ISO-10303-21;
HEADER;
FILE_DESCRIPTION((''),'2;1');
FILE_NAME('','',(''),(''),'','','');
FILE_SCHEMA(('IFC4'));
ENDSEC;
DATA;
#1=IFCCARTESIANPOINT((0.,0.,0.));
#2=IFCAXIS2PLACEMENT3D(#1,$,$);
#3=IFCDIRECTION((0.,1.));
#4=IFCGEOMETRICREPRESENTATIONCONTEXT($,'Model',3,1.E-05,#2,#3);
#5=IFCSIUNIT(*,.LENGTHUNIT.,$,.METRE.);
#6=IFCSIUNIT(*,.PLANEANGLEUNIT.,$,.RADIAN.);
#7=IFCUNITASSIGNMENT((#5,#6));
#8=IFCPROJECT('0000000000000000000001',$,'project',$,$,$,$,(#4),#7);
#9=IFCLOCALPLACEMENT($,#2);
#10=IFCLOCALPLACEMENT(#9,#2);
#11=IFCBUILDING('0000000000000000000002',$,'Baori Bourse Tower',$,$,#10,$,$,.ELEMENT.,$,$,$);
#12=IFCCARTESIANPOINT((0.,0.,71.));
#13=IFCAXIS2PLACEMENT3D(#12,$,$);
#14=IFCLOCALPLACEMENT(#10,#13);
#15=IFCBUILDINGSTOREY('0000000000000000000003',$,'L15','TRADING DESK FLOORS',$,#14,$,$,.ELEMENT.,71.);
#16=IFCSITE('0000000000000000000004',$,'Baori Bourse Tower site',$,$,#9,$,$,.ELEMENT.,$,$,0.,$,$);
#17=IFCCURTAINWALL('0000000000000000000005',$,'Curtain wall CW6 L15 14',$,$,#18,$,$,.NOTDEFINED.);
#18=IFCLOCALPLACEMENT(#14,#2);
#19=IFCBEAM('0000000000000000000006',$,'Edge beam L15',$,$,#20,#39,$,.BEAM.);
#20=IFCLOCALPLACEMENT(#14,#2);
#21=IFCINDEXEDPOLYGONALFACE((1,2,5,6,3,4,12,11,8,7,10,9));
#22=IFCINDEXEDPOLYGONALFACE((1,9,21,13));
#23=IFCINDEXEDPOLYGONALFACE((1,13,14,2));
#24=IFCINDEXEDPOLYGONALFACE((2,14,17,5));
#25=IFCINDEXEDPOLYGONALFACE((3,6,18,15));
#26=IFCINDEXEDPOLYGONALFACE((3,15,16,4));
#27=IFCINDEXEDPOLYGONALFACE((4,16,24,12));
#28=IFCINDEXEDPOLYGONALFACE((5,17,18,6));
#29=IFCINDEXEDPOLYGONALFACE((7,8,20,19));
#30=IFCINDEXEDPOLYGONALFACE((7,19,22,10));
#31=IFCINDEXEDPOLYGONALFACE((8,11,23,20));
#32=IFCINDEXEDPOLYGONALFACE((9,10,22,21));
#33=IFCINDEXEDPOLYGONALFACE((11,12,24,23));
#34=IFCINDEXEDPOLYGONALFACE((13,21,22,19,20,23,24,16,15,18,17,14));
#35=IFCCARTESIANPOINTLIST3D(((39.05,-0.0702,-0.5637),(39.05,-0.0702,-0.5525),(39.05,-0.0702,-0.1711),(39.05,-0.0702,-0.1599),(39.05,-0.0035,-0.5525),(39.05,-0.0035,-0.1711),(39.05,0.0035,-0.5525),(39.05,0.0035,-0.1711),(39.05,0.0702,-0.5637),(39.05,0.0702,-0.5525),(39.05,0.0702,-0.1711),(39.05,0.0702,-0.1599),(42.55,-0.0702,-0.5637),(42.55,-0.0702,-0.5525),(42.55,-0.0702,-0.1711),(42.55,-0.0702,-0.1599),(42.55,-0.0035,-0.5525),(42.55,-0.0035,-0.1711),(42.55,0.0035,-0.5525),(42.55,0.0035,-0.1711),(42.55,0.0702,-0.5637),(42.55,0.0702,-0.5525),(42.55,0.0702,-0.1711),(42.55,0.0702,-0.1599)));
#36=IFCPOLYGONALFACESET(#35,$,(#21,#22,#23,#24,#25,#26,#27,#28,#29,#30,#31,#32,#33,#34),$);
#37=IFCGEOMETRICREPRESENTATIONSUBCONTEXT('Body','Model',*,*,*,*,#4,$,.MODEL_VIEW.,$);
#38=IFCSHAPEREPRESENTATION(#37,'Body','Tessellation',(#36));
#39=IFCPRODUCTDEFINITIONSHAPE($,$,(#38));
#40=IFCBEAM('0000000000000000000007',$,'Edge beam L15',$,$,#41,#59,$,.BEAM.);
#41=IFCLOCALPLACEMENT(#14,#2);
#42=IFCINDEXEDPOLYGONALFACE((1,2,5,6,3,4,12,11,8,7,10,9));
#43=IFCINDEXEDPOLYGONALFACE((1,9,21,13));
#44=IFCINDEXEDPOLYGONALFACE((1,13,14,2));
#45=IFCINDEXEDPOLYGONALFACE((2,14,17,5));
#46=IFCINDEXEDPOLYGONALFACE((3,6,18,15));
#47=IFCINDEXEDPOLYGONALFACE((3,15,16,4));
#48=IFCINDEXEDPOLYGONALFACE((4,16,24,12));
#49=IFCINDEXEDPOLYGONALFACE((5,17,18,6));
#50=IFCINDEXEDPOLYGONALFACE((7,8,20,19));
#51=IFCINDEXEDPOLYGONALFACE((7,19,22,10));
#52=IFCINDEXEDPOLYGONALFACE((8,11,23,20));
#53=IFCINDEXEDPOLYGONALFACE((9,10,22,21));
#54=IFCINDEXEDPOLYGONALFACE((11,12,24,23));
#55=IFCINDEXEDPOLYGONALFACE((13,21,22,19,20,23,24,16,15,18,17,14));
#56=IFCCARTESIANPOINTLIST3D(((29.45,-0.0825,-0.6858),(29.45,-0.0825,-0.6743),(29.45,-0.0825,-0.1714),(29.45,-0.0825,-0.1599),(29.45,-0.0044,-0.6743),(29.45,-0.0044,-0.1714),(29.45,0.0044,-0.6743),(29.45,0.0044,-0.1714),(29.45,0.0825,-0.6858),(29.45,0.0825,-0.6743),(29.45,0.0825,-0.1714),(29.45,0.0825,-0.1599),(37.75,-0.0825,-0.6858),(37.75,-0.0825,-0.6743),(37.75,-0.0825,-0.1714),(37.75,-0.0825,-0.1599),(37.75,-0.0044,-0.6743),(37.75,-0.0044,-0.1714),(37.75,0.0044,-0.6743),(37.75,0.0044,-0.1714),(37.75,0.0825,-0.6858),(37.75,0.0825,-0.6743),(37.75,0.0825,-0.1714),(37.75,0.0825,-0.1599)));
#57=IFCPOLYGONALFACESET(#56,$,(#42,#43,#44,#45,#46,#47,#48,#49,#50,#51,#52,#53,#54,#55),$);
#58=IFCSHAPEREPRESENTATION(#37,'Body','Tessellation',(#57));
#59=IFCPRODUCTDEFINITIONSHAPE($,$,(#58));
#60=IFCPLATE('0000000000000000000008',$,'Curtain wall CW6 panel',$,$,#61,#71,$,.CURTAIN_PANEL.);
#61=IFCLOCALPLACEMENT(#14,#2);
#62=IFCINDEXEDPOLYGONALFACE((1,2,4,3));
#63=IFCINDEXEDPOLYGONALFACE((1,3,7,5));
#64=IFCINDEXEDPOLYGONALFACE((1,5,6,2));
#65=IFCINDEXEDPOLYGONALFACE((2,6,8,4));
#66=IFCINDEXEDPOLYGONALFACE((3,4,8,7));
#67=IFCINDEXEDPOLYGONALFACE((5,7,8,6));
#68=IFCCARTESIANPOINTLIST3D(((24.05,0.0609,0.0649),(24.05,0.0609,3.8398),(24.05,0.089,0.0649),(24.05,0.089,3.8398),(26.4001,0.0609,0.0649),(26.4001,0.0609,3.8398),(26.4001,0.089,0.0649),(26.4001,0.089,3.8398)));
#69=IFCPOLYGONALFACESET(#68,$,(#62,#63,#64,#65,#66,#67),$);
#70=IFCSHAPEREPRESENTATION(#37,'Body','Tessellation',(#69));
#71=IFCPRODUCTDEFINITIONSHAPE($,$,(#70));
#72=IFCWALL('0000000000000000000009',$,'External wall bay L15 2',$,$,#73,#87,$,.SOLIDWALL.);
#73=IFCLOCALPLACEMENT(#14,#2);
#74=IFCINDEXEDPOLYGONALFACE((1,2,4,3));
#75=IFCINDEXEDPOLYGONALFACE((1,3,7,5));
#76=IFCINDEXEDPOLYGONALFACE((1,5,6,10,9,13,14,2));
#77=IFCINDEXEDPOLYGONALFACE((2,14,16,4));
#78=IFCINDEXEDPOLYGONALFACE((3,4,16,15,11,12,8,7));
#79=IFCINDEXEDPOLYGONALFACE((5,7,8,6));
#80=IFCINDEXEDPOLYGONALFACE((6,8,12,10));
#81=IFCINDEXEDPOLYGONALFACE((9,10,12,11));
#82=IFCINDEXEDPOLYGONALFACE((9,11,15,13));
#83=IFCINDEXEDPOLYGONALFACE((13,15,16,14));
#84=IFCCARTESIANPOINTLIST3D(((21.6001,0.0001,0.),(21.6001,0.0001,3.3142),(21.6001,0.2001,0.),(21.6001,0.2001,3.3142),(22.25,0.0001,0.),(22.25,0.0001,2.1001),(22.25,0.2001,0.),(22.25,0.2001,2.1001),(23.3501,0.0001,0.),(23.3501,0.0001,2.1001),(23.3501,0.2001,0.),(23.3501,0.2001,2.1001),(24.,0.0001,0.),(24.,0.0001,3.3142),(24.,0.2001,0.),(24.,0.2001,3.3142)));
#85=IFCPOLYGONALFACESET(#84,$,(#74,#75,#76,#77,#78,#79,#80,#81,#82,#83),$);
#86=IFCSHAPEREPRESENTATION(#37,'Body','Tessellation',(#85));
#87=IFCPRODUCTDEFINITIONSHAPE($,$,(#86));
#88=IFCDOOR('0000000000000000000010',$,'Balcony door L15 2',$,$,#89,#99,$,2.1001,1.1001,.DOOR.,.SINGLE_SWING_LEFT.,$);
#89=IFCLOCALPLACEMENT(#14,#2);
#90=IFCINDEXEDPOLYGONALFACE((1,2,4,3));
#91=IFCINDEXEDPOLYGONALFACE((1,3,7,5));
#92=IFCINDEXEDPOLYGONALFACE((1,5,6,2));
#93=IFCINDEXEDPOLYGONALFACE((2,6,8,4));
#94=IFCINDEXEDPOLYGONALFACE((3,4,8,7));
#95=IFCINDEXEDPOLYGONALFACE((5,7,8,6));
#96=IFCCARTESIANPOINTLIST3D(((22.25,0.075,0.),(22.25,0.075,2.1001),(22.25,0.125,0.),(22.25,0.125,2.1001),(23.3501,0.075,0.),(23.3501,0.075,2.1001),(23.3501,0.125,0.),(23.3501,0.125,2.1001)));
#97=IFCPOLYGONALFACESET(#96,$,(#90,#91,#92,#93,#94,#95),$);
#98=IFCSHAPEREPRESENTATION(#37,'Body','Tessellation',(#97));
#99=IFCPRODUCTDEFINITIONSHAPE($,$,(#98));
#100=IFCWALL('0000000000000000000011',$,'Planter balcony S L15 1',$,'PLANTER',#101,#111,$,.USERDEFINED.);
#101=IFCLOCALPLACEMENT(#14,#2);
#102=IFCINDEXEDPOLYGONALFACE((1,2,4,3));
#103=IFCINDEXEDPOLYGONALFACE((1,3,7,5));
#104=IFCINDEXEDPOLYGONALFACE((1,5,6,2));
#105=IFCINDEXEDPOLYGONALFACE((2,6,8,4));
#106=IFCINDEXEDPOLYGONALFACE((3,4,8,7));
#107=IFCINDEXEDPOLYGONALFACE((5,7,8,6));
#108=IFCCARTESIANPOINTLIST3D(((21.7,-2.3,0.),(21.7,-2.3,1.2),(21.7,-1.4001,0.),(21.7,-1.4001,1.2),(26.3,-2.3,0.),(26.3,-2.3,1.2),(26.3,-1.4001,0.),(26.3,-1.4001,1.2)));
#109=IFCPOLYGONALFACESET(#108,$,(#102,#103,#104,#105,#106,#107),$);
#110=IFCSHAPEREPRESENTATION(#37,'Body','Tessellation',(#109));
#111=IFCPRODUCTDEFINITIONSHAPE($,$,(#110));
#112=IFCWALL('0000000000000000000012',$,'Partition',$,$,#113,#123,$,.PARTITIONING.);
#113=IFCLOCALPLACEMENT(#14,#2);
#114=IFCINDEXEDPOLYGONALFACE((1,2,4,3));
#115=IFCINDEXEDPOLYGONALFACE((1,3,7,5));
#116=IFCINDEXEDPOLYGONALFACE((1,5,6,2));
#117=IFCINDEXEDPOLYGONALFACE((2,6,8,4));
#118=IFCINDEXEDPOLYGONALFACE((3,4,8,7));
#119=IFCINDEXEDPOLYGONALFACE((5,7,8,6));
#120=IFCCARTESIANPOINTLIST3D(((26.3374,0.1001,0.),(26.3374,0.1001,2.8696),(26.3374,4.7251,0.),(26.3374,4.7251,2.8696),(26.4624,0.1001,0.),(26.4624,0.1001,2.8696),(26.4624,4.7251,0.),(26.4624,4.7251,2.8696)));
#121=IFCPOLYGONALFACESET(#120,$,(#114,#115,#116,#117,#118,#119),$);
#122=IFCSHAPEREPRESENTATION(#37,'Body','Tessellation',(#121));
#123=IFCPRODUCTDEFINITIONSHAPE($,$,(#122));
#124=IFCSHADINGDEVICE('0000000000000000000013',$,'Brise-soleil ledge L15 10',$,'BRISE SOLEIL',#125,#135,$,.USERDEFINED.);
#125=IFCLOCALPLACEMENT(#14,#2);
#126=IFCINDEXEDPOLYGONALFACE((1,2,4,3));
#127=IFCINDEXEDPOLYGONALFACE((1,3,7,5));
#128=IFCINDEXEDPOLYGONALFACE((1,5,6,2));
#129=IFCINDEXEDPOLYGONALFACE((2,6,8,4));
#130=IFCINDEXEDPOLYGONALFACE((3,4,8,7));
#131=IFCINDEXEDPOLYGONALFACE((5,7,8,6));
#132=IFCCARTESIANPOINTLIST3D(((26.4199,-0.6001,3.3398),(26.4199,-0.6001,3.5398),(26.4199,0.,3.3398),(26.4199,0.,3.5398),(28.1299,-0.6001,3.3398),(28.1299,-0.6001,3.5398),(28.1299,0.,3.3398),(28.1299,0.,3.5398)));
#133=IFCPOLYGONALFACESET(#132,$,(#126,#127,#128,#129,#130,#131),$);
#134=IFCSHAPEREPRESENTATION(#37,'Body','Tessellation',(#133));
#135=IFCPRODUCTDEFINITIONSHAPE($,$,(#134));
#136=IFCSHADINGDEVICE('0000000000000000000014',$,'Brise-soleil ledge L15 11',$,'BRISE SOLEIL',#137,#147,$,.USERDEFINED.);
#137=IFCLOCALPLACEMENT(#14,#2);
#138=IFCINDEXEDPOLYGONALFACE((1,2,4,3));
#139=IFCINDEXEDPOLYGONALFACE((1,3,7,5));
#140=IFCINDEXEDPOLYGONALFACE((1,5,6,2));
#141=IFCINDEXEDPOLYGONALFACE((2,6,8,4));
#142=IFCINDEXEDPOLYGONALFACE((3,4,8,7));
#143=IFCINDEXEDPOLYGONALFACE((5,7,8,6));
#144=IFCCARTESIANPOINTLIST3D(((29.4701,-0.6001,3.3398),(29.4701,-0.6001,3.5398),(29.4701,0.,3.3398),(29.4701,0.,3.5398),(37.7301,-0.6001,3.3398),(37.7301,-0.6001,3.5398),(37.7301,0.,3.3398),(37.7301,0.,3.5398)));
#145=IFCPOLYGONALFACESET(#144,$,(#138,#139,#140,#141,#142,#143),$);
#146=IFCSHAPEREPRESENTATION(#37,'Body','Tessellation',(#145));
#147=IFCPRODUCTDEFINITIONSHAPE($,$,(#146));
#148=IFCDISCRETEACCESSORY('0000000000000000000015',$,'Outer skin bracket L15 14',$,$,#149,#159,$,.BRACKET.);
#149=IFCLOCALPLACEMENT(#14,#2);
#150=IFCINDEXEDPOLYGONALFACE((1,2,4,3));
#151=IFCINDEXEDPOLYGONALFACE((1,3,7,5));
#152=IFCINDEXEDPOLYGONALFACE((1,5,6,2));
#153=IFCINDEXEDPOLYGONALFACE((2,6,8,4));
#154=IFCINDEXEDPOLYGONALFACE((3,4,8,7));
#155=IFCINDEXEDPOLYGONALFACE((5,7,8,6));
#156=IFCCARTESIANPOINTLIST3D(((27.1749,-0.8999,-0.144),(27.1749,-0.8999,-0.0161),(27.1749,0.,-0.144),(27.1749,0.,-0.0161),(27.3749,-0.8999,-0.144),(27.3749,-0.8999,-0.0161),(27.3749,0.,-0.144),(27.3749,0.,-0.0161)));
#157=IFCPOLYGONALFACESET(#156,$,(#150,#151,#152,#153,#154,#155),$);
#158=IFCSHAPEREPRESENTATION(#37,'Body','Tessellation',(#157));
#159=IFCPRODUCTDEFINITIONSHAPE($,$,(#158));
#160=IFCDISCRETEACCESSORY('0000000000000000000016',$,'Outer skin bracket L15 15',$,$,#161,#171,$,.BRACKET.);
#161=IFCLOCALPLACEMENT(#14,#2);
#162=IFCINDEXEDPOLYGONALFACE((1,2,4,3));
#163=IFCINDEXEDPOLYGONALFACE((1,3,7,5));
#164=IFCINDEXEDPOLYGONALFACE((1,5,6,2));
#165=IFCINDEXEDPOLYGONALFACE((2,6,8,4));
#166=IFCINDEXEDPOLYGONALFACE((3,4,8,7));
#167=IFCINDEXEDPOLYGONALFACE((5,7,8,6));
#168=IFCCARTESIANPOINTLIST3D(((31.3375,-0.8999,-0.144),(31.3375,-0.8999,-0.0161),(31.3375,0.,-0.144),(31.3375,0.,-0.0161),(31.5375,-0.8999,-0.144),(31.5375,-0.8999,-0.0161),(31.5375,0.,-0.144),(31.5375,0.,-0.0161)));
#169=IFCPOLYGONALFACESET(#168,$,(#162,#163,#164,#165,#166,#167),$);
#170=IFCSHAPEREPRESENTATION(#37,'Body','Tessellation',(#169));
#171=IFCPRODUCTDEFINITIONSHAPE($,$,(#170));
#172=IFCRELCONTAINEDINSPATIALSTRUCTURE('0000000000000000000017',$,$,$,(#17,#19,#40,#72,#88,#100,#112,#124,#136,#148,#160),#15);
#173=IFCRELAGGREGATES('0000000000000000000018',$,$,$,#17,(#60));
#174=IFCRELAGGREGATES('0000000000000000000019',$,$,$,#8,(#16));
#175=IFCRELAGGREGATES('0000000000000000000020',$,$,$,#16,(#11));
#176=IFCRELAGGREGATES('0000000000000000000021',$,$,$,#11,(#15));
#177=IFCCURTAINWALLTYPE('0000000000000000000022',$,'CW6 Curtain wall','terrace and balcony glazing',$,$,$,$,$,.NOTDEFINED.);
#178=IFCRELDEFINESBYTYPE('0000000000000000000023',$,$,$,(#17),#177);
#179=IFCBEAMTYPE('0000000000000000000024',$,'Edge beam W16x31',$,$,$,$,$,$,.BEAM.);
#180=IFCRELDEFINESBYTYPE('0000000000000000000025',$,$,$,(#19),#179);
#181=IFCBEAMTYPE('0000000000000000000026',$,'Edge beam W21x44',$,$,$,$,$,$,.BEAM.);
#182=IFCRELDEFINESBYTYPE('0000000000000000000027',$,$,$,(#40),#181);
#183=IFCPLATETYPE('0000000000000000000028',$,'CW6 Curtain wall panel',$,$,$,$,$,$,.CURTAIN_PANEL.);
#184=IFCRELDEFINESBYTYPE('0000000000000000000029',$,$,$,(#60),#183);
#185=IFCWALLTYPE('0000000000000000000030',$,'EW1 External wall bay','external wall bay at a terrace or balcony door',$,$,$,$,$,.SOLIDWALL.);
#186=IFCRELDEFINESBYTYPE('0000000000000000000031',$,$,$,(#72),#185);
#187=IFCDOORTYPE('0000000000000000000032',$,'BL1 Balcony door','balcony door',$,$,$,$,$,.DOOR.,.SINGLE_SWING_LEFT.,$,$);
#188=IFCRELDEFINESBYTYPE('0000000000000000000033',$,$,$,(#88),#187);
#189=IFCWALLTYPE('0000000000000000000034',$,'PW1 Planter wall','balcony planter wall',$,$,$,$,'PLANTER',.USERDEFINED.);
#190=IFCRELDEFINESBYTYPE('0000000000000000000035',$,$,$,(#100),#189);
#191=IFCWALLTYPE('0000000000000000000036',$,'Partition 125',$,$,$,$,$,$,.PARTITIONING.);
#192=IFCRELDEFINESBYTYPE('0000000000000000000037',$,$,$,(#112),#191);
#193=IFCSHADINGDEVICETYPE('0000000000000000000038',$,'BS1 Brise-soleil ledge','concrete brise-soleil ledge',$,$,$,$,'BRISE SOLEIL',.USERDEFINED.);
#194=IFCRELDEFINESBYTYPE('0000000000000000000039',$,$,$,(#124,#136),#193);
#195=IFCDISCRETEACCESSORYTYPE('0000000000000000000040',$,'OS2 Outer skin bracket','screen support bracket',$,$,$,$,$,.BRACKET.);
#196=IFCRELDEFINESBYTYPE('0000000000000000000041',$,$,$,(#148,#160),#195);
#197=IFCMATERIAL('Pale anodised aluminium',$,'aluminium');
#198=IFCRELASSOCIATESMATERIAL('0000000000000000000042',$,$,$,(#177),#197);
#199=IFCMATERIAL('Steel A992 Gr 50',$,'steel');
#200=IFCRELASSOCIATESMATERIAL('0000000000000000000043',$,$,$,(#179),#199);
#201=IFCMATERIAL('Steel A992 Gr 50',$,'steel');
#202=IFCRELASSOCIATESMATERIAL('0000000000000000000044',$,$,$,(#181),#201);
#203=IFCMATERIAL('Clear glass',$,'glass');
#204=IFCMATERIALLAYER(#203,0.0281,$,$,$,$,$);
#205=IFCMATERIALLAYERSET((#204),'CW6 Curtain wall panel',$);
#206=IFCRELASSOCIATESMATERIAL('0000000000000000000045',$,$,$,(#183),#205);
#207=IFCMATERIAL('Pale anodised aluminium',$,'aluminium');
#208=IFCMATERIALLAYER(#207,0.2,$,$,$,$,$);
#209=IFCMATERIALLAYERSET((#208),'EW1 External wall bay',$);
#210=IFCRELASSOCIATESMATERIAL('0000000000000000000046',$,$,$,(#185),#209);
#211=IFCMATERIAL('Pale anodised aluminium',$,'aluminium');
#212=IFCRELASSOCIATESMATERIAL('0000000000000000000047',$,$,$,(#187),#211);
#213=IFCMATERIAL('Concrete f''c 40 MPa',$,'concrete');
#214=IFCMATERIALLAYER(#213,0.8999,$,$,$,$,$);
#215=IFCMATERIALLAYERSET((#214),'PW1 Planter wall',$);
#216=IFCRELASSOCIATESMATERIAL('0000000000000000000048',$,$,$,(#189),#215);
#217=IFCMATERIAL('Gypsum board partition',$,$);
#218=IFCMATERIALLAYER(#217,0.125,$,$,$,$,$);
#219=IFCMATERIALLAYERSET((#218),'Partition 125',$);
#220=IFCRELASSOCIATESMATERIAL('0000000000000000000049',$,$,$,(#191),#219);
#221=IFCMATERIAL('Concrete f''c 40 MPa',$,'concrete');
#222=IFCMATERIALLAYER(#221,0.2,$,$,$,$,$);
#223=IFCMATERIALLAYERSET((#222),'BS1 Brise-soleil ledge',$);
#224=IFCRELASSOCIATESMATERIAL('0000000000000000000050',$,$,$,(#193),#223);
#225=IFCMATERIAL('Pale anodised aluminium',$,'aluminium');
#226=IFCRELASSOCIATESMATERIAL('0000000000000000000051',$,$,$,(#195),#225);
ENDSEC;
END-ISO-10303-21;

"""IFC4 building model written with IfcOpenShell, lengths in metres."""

from ifc_helpers import new_model, si_unit, direction, frame, frame_2d, origin, origin_2d, place, context, subcontext, project, spatial, rectangle, i_section, extrude, material, layer, layer_set, material_profile, profile_set, type_object, element, fill, aggregate, save


model = new_model("IFC4")

# Units and contexts
model_context = context("Model", 3, precision=1e-05, world=origin(), true_north=direction((0.0, 1.0)))
body_context = subcontext(model_context, "Body", "Model", "MODEL_VIEW")
ifc_project = project(units=[si_unit("LENGTHUNIT", "METRE"), si_unit("PLANEANGLEUNIT", "RADIAN")], contexts=[model_context])

# Site, building, storey
site_placement = place(None, origin())
site = spatial("IfcSite", under=ifc_project, at=site_placement, Name="Baori Bourse Tower site", CompositionType="ELEMENT", RefElevation=0.0)
building_placement = place(site_placement, origin())
building = spatial("IfcBuilding", under=site, at=building_placement, Name="Baori Bourse Tower", CompositionType="ELEMENT")
storey_placement = place(building_placement, frame((0.0, 0.0, 71.0)))
storey = spatial("IfcBuildingStorey", under=building, at=storey_placement, Name="L15", Description="TRADING DESK FLOORS", CompositionType="ELEMENT", Elevation=71.0)

# Curtain wall
ifc_material_1 = material(Name="Pale anodised aluminium", Category="aluminium")
curtain_wall_type_1 = type_object("IfcCurtainWallType", Name="CW6 Curtain wall", Description="terrace and balcony glazing", PredefinedType="NOTDEFINED", material=ifc_material_1)
curtain_wall_1_placement = place(storey_placement, origin())
curtain_wall_1 = element("IfcCurtainWall", 1, at=curtain_wall_1_placement, inside=storey, type_object=curtain_wall_type_1, Name="Curtain wall CW6 L15 14", PredefinedType="NOTDEFINED")

# Beams
ifc_material_2 = material(Name="Steel A992 Gr 50", Category="steel")
ifc_material_profile_1 = material_profile(ifc_material_2, i_section(OverallWidth=0.1404, OverallDepth=0.4038, WebThickness=0.0071, FlangeThickness=0.0112, at=origin_2d()), Name="W16x31")
ifc_profile_set_1 = profile_set([ifc_material_profile_1], Name="Steel A992 Gr 50")
beam_type_1 = type_object("IfcBeamType", Name="Edge beam W16x31", PredefinedType="BEAM", material=ifc_profile_set_1)
beam_1_placement = place(storey_placement, frame((39.05, 0.0, -0.3618), z_axis=(1.0, 0.0, 0.0), x_axis=(0.0, 1.0, 0.0)))
element("IfcBeam", 2, at=beam_1_placement, inside=storey, type_object=beam_type_1, Name="Edge beam L15", PredefinedType="BEAM", context=body_context, shape_type="SweptSolid", body=[
    extrude(i_section(OverallWidth=0.1404, OverallDepth=0.4038, WebThickness=0.0071, FlangeThickness=0.0112, at=origin_2d()), origin(), (0.0, 0.0, 1.0), 3.5),
])
ifc_material_3 = material(Name="Steel A992 Gr 50", Category="steel")
ifc_material_profile_2 = material_profile(ifc_material_3, i_section(OverallWidth=0.165, OverallDepth=0.5259, WebThickness=0.0088, FlangeThickness=0.0115, at=origin_2d()), Name="W21x44")
ifc_profile_set_2 = profile_set([ifc_material_profile_2], Name="Steel A992 Gr 50")
beam_type_2 = type_object("IfcBeamType", Name="Edge beam W21x44", PredefinedType="BEAM", material=ifc_profile_set_2)
beam_2_placement = place(storey_placement, frame((29.45, 0.0, -0.4229), z_axis=(1.0, 0.0, 0.0), x_axis=(0.0, 1.0, 0.0)))
element("IfcBeam", 3, at=beam_2_placement, inside=storey, type_object=beam_type_2, Name="Edge beam L15", PredefinedType="BEAM", context=body_context, shape_type="SweptSolid", body=[
    extrude(i_section(OverallWidth=0.165, OverallDepth=0.5259, WebThickness=0.0088, FlangeThickness=0.0115, at=origin_2d()), origin(), (0.0, 0.0, 1.0), 8.3),
])

# Plate
ifc_material_4 = material(Name="Clear glass", Category="glass")
ifc_layer_1 = layer(ifc_material_4, 0.0281)
ifc_layer_set_1 = layer_set([ifc_layer_1], Name="CW6 Curtain wall panel")
plate_type = type_object("IfcPlateType", Name="CW6 Curtain wall panel", PredefinedType="CURTAIN_PANEL", material=ifc_layer_set_1)
plate_placement = place(storey_placement, frame((25.2251, 0.075, 0.0649), z_axis=(0.0, 0.0, 1.0), x_axis=(1.0, 0.0, 0.0)))
plate = element("IfcPlate", 4, at=plate_placement, type_object=plate_type, Name="Curtain wall CW6 panel", PredefinedType="CURTAIN_PANEL", context=body_context, shape_type="SweptSolid", body=[
    extrude(rectangle(XDim=2.3501, YDim=0.0281, at=origin_2d()), origin(), (0.0, 0.0, 1.0), 3.7749),
])
aggregate(curtain_wall_1, [plate])

# Wall, opening, door
ifc_material_5 = material(Name="Pale anodised aluminium", Category="aluminium")
ifc_layer_2 = layer(ifc_material_5, 0.2)
ifc_layer_set_2 = layer_set([ifc_layer_2], Name="EW1 External wall bay")
wall_type_1 = type_object("IfcWallType", Name="EW1 External wall bay", Description="external wall bay at a terrace or balcony door", PredefinedType="SOLIDWALL", material=ifc_layer_set_2)
wall_1_placement = place(storey_placement, frame((21.6001, 0.1001, 0.0), z_axis=(0.0, 0.0, 1.0), x_axis=(1.0, 0.0, 0.0)))
wall_1 = element("IfcWall", 5, at=wall_1_placement, inside=storey, type_object=wall_type_1, Name="External wall bay L15 2", PredefinedType="SOLIDWALL", context=body_context, shape_type="SweptSolid", body=[
    extrude(rectangle(XDim=2.3999, YDim=0.2, at=frame_2d((1.2, 0.0))), origin(), (0.0, 0.0, 1.0), 3.3142),
])
opening_placement = place(wall_1_placement, frame((0.6499, 0.0, 0.0)))
opening = element("IfcOpeningElement", 6, at=opening_placement, cuts=wall_1, PredefinedType="OPENING", context=body_context, shape_type="SweptSolid", body=[
    extrude(rectangle(XDim=1.1001, YDim=2.1001, at=frame_2d((0.55, 1.05))), frame((0.0, 0.1099, 0.0), z_axis=(0.0, -1.0, 0.0), x_axis=(1.0, 0.0, 0.0)), (0.0, 0.0, 1.0), 0.22),
])
ifc_material_6 = material(Name="Pale anodised aluminium", Category="aluminium")
door_type = type_object("IfcDoorType", Name="BL1 Balcony door", Description="balcony door", OperationType="SINGLE_SWING_LEFT", PredefinedType="DOOR", material=ifc_material_6)
door_placement = place(opening_placement, origin())
door = element("IfcDoor", 7, at=door_placement, inside=storey, type_object=door_type, Name="Balcony door L15 2", OperationType="SINGLE_SWING_LEFT", OverallHeight=2.1001, OverallWidth=1.1001, PredefinedType="DOOR", context=body_context, shape_type="SweptSolid", body=[
    extrude(rectangle(XDim=1.1001, YDim=2.1001, at=frame_2d((0.55, 1.05))), frame((0.0, 0.0249, 0.0), z_axis=(0.0, -1.0, 0.0), x_axis=(1.0, 0.0, 0.0)), (0.0, 0.0, 1.0), 0.05),
])
fill(opening, door)

# Walls
ifc_material_7 = material(Name="Concrete f'c 40 MPa", Category="concrete")
ifc_layer_3 = layer(ifc_material_7, 0.8999)
ifc_layer_set_3 = layer_set([ifc_layer_3], Name="PW1 Planter wall")
wall_type_2 = type_object("IfcWallType", Name="PW1 Planter wall", Description="balcony planter wall", ElementType="PLANTER", PredefinedType="USERDEFINED", material=ifc_layer_set_3)
wall_2_placement = place(storey_placement, frame((21.7, -1.8501, 0.0), z_axis=(0.0, 0.0, 1.0), x_axis=(1.0, 0.0, 0.0)))
element("IfcWall", 8, at=wall_2_placement, inside=storey, type_object=wall_type_2, Name="Planter balcony S L15 1", ObjectType="PLANTER", PredefinedType="USERDEFINED", context=body_context, shape_type="SweptSolid", body=[
    extrude(rectangle(XDim=4.6001, YDim=0.8999, at=frame_2d((2.3, 0.0))), origin(), (0.0, 0.0, 1.0), 1.2),
])
ifc_material_8 = material(Name="Gypsum board partition")
ifc_layer_4 = layer(ifc_material_8, 0.125)
ifc_layer_set_4 = layer_set([ifc_layer_4], Name="Partition 125")
wall_type_3 = type_object("IfcWallType", Name="Partition 125", PredefinedType="PARTITIONING", material=ifc_layer_set_4)
wall_3_placement = place(storey_placement, frame((26.3999, 0.1001, 0.0), z_axis=(0.0, 0.0, 1.0), x_axis=(0.0, 1.0, 0.0)))
element("IfcWall", 9, at=wall_3_placement, inside=storey, type_object=wall_type_3, Name="Partition", PredefinedType="PARTITIONING", context=body_context, shape_type="SweptSolid", body=[
    extrude(rectangle(XDim=4.625, YDim=0.125, at=frame_2d((2.3125, 0.0))), origin(), (0.0, 0.0, 1.0), 2.8696),
])

# Shading devices
ifc_material_9 = material(Name="Concrete f'c 40 MPa", Category="concrete")
ifc_layer_5 = layer(ifc_material_9, 0.2)
ifc_layer_set_5 = layer_set([ifc_layer_5], Name="BS1 Brise-soleil ledge")
shading_device_type = type_object("IfcShadingDeviceType", Name="BS1 Brise-soleil ledge", Description="concrete brise-soleil ledge", ElementType="BRISE SOLEIL", PredefinedType="USERDEFINED", material=ifc_layer_set_5)
shading_device_1_placement = place(storey_placement, frame((27.2749, -0.3, 3.3398), z_axis=(0.0, 0.0, 1.0), x_axis=(1.0, 0.0, 0.0)))
element("IfcShadingDevice", 10, at=shading_device_1_placement, inside=storey, type_object=shading_device_type, Name="Brise-soleil ledge L15 10", ObjectType="BRISE SOLEIL", PredefinedType="USERDEFINED", context=body_context, shape_type="SweptSolid", body=[
    extrude(rectangle(XDim=1.71, YDim=0.6001, at=origin_2d()), origin(), (0.0, 0.0, 1.0), 0.2),
])
shading_device_2_placement = place(storey_placement, frame((33.6001, -0.3, 3.3398), z_axis=(0.0, 0.0, 1.0), x_axis=(1.0, 0.0, 0.0)))
element("IfcShadingDevice", 11, at=shading_device_2_placement, inside=storey, type_object=shading_device_type, Name="Brise-soleil ledge L15 11", ObjectType="BRISE SOLEIL", PredefinedType="USERDEFINED", context=body_context, shape_type="SweptSolid", body=[
    extrude(rectangle(XDim=8.26, YDim=0.6001, at=origin_2d()), origin(), (0.0, 0.0, 1.0), 0.2),
])

# Discrete accessories
ifc_material_10 = material(Name="Pale anodised aluminium", Category="aluminium")
discrete_accessory_type = type_object("IfcDiscreteAccessoryType", Name="OS2 Outer skin bracket", Description="screen support bracket", PredefinedType="BRACKET", material=ifc_material_10)
for number, where, z_axis, x_axis, name in (
    (12, (27.2749, -0.45, -0.144), (0.0, 0.0, 1.0), (1.0, 0.0, 0.0), "Outer skin bracket L15 14"),
    (13, (31.4375, -0.45, -0.144), (0.0, 0.0, 1.0), (1.0, 0.0, 0.0), "Outer skin bracket L15 15"),
):
    element("IfcDiscreteAccessory", number, at=place(storey_placement, frame(where, z_axis=z_axis, x_axis=x_axis)), inside=storey, type_object=discrete_accessory_type, Name=name, PredefinedType="BRACKET", context=body_context, shape_type="SweptSolid", body=[
        extrude(rectangle(XDim=0.2, YDim=0.8999, at=origin_2d()), origin(), (0.0, 0.0, 1.0), 0.1279),
    ])

save(model, "model.ifc")
